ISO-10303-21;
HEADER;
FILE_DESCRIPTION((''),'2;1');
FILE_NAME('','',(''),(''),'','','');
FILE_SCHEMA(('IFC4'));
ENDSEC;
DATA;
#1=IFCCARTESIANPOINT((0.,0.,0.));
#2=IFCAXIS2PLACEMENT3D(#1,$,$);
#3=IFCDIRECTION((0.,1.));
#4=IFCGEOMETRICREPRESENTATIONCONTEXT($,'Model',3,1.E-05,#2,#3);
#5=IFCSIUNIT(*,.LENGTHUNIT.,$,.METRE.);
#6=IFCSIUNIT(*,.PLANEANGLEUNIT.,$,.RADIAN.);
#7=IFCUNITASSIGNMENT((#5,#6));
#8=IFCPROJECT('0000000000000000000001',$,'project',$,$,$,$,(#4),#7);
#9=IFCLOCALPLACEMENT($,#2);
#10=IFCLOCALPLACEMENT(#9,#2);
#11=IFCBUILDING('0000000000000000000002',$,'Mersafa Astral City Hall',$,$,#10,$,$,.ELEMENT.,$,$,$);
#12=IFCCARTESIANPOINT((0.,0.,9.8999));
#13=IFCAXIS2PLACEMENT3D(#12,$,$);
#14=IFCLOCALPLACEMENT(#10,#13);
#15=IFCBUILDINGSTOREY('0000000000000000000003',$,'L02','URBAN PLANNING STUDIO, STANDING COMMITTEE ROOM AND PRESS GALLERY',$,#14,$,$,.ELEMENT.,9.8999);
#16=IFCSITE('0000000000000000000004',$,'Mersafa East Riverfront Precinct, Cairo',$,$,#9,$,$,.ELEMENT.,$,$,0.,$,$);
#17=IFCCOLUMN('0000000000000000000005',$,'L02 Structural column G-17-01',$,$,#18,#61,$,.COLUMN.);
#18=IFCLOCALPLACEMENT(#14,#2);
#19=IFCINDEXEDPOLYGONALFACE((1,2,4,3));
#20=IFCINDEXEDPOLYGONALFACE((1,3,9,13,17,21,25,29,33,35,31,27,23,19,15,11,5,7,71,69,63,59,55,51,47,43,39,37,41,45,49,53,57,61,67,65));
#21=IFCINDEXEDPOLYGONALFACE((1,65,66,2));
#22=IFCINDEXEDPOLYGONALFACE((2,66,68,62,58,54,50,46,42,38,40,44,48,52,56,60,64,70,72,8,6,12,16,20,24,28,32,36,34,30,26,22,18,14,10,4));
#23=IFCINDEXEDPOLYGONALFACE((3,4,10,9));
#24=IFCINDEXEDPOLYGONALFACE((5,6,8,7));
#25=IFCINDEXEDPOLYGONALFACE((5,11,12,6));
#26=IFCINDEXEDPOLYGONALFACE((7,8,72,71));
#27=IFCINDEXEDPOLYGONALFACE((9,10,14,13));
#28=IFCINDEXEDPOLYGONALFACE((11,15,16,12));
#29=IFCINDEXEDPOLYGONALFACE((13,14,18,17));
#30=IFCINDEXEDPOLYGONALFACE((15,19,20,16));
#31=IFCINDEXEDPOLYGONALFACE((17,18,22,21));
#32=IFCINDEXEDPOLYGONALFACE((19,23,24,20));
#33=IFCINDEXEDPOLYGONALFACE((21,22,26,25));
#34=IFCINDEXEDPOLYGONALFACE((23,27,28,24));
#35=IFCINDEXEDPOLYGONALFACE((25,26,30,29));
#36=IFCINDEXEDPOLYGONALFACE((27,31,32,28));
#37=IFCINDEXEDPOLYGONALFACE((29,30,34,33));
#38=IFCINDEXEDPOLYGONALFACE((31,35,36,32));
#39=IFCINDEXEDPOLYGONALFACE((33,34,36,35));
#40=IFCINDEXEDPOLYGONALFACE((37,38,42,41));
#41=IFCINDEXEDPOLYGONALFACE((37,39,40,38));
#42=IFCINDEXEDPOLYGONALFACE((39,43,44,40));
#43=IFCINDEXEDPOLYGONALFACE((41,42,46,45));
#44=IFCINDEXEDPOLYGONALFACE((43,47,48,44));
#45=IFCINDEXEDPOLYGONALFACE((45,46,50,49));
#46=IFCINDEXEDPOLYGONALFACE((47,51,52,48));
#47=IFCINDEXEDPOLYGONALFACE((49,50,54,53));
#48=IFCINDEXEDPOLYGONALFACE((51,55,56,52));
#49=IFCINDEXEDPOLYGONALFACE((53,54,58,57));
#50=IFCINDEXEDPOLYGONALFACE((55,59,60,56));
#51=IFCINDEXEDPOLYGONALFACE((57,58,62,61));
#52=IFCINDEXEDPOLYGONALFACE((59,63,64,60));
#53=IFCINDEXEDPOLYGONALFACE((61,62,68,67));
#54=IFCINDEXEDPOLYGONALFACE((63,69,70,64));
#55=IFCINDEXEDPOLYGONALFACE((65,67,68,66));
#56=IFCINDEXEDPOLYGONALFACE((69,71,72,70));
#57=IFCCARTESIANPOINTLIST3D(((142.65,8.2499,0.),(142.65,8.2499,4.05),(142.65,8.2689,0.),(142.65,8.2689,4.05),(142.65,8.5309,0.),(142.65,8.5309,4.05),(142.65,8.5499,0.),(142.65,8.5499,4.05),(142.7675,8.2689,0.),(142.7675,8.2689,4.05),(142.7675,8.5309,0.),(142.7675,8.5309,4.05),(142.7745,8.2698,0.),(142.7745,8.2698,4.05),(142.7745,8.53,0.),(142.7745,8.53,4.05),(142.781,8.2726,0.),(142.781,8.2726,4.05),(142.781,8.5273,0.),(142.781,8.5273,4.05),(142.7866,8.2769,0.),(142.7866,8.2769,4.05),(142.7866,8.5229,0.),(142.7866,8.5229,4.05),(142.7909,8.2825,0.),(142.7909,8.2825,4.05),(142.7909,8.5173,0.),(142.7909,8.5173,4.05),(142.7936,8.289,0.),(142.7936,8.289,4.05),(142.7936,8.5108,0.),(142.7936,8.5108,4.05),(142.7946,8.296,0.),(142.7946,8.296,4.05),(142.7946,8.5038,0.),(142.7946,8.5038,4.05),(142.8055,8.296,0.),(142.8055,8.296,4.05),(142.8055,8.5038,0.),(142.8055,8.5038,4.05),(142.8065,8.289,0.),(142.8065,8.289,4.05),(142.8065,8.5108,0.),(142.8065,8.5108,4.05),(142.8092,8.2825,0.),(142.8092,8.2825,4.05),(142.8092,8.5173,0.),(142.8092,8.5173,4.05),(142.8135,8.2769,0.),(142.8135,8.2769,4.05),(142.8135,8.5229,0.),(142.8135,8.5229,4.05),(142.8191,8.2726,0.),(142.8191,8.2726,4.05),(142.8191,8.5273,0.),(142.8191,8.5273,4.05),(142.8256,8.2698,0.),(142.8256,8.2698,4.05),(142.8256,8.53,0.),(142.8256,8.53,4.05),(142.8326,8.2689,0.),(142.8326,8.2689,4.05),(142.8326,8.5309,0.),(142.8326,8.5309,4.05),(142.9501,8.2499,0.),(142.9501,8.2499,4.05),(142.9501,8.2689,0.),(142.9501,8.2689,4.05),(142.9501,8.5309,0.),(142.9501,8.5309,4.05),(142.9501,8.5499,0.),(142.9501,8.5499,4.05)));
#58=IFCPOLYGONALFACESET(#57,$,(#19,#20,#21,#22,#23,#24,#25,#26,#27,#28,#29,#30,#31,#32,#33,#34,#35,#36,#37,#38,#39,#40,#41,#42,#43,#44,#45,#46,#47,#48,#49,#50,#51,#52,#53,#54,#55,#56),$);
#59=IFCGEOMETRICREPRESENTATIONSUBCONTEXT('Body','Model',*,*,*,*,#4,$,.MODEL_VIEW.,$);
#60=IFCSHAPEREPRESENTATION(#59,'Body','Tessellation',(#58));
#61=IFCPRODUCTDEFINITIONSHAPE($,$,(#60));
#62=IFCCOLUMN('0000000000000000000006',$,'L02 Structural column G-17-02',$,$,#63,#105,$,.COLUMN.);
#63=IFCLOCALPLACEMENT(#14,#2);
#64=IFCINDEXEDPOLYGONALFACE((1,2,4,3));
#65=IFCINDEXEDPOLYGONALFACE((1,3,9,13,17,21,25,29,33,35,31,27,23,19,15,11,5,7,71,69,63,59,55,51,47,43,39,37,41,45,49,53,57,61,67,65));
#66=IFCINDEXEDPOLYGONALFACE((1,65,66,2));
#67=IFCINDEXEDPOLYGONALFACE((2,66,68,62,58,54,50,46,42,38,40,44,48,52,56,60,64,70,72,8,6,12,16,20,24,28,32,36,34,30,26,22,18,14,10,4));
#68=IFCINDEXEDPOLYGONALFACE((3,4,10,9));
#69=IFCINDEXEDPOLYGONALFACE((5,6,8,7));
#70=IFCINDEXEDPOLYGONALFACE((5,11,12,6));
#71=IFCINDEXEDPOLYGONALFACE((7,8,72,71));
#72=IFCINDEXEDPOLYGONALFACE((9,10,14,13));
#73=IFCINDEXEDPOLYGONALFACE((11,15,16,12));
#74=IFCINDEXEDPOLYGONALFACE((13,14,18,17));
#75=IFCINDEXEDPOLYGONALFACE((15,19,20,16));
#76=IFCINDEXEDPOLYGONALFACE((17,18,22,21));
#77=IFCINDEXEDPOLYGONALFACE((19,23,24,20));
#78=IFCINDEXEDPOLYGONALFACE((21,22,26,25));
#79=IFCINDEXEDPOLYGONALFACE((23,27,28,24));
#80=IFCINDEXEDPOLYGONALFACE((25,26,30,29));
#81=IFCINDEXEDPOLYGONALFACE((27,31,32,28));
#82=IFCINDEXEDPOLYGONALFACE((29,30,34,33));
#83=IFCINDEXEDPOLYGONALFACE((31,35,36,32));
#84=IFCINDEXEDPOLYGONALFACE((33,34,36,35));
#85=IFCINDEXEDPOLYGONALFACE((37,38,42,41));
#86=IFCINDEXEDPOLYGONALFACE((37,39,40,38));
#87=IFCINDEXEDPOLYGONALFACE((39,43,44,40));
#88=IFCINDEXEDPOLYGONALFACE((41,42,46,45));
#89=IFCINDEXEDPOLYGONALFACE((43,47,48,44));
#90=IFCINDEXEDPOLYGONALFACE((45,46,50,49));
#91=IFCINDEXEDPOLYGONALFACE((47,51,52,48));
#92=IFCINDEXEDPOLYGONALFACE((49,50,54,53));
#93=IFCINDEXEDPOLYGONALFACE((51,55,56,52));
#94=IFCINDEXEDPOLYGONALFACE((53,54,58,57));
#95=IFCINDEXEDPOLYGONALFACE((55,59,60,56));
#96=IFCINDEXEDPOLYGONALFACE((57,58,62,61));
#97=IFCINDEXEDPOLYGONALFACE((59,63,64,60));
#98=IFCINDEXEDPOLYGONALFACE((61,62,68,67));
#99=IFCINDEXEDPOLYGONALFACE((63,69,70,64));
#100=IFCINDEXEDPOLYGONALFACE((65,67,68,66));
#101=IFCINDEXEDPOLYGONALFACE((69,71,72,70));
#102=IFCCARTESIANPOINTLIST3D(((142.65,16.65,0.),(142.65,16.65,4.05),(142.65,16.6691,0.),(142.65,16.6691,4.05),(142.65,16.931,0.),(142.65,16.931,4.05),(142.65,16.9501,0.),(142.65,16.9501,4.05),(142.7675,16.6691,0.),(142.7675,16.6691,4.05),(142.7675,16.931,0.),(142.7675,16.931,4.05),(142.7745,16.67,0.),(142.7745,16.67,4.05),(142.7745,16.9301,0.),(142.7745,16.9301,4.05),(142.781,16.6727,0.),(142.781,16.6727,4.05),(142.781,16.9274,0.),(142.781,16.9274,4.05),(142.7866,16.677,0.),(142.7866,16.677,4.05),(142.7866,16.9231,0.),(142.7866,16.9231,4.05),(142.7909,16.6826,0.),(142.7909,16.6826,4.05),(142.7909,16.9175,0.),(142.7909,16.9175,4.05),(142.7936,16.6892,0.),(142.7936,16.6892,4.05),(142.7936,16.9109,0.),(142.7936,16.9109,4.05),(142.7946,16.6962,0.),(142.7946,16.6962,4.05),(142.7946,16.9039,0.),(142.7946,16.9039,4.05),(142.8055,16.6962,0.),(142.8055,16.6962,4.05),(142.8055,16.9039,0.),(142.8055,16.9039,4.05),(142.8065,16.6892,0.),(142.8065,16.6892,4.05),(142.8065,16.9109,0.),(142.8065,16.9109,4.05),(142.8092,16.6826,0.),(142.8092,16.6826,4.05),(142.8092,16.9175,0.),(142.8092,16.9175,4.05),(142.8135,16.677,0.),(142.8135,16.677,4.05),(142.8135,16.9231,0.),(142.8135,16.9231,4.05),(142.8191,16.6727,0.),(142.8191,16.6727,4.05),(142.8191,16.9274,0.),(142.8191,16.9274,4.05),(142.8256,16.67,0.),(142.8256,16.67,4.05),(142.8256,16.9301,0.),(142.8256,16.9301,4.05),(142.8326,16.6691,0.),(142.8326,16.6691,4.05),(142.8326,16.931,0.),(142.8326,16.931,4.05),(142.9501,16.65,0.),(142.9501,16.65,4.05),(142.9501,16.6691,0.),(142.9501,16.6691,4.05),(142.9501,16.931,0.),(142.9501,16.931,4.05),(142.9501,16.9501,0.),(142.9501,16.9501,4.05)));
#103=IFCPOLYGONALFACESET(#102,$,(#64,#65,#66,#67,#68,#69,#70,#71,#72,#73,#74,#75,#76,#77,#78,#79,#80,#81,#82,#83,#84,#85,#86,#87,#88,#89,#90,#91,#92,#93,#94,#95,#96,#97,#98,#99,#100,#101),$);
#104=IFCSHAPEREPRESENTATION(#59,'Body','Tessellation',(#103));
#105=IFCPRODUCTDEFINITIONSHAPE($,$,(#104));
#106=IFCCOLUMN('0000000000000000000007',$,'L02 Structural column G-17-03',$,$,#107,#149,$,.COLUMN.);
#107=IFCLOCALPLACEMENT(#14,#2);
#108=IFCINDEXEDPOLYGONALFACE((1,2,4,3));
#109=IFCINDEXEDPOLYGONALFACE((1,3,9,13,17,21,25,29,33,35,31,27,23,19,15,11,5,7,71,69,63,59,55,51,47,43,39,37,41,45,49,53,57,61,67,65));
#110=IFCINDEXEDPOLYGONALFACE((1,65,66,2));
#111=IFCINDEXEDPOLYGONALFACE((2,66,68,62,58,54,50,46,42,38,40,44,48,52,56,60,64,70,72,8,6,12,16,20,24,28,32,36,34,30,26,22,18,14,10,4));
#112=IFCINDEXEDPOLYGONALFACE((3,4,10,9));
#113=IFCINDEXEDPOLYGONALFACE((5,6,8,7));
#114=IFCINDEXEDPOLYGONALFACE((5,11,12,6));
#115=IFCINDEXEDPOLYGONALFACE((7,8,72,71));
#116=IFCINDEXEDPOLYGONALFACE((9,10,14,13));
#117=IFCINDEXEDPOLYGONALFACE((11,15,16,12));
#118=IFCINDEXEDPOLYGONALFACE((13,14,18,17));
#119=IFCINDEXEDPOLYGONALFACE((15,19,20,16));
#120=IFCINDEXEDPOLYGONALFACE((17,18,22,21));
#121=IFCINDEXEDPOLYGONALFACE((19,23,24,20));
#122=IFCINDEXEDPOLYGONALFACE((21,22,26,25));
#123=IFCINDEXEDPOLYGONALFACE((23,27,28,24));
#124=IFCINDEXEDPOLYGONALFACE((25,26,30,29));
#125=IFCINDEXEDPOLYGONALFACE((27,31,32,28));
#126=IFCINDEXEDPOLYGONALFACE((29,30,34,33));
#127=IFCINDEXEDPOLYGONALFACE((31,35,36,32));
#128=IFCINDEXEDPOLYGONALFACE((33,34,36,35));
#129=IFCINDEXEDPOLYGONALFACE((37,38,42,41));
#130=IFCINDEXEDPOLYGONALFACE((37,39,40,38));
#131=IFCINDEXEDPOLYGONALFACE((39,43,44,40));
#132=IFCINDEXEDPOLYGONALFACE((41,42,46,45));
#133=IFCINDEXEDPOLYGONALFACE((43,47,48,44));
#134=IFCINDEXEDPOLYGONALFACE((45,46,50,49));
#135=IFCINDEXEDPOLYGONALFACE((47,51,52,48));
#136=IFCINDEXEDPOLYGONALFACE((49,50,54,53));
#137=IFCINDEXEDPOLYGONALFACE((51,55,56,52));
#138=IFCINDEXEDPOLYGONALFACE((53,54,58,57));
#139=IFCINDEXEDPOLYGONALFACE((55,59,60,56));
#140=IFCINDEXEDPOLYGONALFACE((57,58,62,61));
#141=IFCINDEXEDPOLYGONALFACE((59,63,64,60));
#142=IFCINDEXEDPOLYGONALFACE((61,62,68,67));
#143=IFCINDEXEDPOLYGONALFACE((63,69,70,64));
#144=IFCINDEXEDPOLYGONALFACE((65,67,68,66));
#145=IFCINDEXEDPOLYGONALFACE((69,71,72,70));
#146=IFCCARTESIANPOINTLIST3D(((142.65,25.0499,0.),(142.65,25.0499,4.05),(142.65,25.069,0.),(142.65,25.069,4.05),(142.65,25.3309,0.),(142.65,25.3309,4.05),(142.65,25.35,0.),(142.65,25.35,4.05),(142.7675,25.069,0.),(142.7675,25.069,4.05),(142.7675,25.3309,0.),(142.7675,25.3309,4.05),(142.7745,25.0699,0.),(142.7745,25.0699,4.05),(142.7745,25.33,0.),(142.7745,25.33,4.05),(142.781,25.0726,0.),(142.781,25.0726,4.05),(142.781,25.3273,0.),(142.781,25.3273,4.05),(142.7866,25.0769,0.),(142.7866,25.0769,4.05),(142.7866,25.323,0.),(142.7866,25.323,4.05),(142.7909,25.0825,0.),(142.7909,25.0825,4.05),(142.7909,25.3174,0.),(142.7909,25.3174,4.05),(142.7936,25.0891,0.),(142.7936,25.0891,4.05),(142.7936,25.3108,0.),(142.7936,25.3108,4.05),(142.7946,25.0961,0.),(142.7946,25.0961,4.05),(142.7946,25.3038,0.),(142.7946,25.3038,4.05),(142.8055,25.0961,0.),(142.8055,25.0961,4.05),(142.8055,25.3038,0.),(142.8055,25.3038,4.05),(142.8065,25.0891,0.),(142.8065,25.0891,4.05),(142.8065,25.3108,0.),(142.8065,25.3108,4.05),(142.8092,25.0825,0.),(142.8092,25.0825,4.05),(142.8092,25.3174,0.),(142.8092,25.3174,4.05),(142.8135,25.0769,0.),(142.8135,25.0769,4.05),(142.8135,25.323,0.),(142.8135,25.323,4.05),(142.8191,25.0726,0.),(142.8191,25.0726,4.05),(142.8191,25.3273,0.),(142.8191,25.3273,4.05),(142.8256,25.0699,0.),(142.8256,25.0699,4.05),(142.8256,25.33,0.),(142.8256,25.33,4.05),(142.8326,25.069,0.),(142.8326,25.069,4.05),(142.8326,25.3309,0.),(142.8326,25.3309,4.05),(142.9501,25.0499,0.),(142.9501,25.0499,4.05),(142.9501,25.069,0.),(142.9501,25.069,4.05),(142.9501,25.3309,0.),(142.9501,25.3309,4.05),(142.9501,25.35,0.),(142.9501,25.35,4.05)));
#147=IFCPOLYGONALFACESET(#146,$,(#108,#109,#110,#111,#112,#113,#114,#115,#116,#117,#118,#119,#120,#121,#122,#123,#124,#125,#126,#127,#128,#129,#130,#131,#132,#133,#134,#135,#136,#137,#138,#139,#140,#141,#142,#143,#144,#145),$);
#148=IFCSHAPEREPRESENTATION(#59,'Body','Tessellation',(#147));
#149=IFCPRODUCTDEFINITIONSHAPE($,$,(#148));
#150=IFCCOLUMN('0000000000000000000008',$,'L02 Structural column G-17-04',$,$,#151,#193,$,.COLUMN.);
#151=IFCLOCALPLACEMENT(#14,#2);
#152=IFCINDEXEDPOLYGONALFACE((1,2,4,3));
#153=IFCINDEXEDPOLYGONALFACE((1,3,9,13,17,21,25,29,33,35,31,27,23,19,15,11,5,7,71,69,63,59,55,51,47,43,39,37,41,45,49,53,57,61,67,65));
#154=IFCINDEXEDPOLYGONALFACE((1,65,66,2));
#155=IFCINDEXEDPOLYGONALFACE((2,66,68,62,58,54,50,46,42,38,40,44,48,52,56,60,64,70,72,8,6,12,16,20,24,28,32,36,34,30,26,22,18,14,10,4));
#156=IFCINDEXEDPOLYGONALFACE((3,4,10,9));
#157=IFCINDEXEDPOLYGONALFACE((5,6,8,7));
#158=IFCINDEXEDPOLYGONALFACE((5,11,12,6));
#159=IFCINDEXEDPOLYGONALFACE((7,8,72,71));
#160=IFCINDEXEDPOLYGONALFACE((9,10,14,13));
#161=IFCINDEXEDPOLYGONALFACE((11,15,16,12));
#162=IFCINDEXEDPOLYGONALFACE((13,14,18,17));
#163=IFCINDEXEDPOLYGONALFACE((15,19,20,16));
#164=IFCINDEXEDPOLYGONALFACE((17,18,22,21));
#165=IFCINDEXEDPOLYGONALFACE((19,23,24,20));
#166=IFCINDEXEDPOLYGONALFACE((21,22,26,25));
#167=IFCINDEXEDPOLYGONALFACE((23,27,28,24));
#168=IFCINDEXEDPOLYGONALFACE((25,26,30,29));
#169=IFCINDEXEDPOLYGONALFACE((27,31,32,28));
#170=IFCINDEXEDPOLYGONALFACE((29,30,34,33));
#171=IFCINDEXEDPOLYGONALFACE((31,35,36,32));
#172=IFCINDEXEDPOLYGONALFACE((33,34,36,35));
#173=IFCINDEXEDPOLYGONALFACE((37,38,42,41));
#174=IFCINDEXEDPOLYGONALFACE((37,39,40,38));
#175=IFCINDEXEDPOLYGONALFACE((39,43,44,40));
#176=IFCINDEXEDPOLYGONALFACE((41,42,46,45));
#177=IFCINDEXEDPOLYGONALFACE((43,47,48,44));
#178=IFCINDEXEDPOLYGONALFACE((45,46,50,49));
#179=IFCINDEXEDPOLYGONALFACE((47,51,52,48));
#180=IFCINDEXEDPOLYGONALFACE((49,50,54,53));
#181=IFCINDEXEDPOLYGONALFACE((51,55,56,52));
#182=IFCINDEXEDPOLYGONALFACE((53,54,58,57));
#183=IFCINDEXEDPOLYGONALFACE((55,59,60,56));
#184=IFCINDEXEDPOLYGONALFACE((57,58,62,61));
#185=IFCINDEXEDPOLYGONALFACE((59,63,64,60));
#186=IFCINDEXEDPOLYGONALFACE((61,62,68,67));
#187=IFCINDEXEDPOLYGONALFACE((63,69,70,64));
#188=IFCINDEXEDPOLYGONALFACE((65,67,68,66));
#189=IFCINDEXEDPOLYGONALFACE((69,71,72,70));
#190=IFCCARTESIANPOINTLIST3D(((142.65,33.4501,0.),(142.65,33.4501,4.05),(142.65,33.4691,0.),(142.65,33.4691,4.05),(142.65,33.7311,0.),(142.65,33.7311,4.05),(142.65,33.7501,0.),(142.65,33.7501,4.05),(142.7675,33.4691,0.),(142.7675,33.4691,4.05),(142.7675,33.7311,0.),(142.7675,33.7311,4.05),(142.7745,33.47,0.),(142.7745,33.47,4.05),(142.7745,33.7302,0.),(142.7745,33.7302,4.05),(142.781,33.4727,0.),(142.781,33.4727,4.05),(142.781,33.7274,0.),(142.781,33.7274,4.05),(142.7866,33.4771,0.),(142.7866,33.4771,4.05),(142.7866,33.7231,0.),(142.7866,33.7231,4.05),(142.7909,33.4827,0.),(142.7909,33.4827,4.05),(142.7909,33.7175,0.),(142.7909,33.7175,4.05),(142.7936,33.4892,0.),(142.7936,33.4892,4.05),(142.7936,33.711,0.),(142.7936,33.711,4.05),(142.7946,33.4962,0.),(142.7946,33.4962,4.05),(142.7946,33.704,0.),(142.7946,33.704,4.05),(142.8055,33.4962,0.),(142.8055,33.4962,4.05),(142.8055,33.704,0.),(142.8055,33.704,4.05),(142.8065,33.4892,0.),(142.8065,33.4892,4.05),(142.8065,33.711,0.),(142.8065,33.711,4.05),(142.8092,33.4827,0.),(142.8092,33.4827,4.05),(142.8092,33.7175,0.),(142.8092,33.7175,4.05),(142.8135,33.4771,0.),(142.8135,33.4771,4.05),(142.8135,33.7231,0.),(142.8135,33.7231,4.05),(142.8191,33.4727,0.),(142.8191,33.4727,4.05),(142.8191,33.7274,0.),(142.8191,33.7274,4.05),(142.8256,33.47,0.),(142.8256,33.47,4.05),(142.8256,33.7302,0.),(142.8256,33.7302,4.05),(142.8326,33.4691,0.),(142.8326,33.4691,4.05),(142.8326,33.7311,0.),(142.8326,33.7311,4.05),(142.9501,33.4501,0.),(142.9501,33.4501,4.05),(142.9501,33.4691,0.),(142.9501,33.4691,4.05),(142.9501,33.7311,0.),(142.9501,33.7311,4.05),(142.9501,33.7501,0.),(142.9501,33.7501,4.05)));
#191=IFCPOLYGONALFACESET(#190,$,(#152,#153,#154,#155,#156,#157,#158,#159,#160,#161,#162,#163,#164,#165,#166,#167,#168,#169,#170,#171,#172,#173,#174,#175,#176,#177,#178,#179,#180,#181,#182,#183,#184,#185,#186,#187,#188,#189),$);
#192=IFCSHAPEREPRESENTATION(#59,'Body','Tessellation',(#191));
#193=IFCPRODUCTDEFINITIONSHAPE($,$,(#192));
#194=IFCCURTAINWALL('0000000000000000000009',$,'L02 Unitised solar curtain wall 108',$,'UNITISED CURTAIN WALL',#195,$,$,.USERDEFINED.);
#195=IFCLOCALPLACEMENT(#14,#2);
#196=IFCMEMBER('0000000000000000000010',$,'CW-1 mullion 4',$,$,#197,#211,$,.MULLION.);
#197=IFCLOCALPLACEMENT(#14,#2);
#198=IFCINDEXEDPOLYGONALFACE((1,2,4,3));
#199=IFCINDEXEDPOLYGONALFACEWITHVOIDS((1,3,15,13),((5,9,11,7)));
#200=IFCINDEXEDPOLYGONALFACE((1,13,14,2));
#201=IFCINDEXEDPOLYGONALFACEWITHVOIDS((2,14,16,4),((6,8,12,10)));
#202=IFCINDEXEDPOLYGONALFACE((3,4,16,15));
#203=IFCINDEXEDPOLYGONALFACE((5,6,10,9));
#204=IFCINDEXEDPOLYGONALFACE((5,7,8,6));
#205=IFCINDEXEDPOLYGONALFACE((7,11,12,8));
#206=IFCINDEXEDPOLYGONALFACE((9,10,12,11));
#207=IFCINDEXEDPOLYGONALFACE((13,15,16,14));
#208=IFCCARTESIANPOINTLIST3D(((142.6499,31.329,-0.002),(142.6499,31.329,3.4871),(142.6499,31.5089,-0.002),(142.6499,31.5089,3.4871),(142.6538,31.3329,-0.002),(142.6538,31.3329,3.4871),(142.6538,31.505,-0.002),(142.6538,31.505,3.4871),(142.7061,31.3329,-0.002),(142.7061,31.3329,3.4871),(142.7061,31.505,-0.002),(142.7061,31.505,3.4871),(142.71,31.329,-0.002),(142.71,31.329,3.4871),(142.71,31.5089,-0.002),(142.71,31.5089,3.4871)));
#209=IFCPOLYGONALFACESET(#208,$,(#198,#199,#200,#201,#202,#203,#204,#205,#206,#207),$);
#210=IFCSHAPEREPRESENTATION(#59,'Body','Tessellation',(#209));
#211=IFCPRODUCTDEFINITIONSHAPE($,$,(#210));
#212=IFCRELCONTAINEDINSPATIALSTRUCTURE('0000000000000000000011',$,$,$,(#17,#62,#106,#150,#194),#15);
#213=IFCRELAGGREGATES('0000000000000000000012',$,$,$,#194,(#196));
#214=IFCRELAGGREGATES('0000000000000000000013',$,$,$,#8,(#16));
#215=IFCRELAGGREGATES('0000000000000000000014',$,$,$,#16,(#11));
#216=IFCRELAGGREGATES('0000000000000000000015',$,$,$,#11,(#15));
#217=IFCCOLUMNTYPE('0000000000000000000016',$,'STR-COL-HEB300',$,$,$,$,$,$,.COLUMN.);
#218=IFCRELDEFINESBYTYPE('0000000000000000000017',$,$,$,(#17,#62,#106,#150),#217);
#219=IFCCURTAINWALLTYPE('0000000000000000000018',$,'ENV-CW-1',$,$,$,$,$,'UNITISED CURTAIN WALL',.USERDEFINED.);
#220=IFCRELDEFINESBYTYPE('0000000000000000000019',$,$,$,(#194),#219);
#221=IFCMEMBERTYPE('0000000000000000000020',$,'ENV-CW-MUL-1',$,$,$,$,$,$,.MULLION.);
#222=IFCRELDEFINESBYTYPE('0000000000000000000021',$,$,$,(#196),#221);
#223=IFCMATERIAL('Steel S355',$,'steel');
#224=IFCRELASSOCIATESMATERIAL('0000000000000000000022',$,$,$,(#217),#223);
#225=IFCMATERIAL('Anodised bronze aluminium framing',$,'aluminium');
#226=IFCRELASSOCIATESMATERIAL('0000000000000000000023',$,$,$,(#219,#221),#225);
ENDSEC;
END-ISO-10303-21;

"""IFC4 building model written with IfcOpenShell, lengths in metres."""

from ifc_helpers import new_model, si_unit, direction, frame, origin, origin_2d, place, context, subcontext, project, spatial, hollow_rectangle, i_section, extrude, material, material_profile, profile_set, type_object, element, aggregate, save


model = new_model("IFC4")

# Units and contexts
model_context = context("Model", 3, precision=1e-05, world=origin(), true_north=direction((0.0, 1.0)))
body_context = subcontext(model_context, "Body", "Model", "MODEL_VIEW")
ifc_project = project(units=[si_unit("LENGTHUNIT", "METRE"), si_unit("PLANEANGLEUNIT", "RADIAN")], contexts=[model_context])

# Site, building, storey
site_placement = place(None, origin())
site = spatial("IfcSite", under=ifc_project, at=site_placement, Name="Mersafa East Riverfront Precinct, Cairo", CompositionType="ELEMENT", RefElevation=0.0)
building_placement = place(site_placement, origin())
building = spatial("IfcBuilding", under=site, at=building_placement, Name="Mersafa Astral City Hall", CompositionType="ELEMENT")
storey_placement = place(building_placement, frame((0.0, 0.0, 9.8999)))
storey = spatial("IfcBuildingStorey", under=building, at=storey_placement, Name="L02", Description="URBAN PLANNING STUDIO, STANDING COMMITTEE ROOM AND PRESS GALLERY", CompositionType="ELEMENT", Elevation=9.8999)

# Columns
ifc_material_1 = material(Name="Steel S355", Category="steel")
ifc_material_profile_1 = material_profile(ifc_material_1, i_section(OverallWidth=0.3, OverallDepth=0.3, WebThickness=0.011, FlangeThickness=0.019, FilletRadius=0.0271, at=origin_2d()), Name="HEB 300")
ifc_profile_set_1 = profile_set([ifc_material_profile_1], Name="Steel S355")
column_type = type_object("IfcColumnType", Name="STR-COL-HEB300", PredefinedType="COLUMN", material=ifc_profile_set_1)
for number, where, z_axis, x_axis, name in (
    (1, (142.8, 8.3999, 0.0), (0.0, 0.0, 1.0), (1.0, 0.0, 0.0), "L02 Structural column G-17-01"),
    (2, (142.8, 16.8, 0.0), (0.0, 0.0, 1.0), (1.0, 0.0, 0.0), "L02 Structural column G-17-02"),
    (3, (142.8, 25.2, 0.0), (0.0, 0.0, 1.0), (1.0, 0.0, 0.0), "L02 Structural column G-17-03"),
    (4, (142.8, 33.6001, 0.0), (0.0, 0.0, 1.0), (1.0, 0.0, 0.0), "L02 Structural column G-17-04"),
):
    element("IfcColumn", number, at=place(storey_placement, frame(where, z_axis=z_axis, x_axis=x_axis)), inside=storey, type_object=column_type, Name=name, PredefinedType="COLUMN", context=body_context, shape_type="SweptSolid", body=[
        extrude(i_section(OverallWidth=0.3, OverallDepth=0.3, WebThickness=0.011, FlangeThickness=0.019, FilletRadius=0.0271, at=origin_2d()), origin(), (0.0, 0.0, 1.0), 4.05),
    ])

# Curtain wall, member
ifc_material_2 = material(Name="Anodised bronze aluminium framing", Category="aluminium")
curtain_wall_type = type_object("IfcCurtainWallType", Name="ENV-CW-1", ElementType="UNITISED CURTAIN WALL", PredefinedType="USERDEFINED", material=ifc_material_2)
curtain_wall_placement = place(storey_placement, origin())
curtain_wall = element("IfcCurtainWall", 5, at=curtain_wall_placement, inside=storey, type_object=curtain_wall_type, Name="L02 Unitised solar curtain wall 108", ObjectType="UNITISED CURTAIN WALL", PredefinedType="USERDEFINED")
ifc_material_profile_2 = material_profile(ifc_material_2, hollow_rectangle(XDim=0.0601, YDim=0.1799, WallThickness=0.0039, at=origin_2d()), Name="RHS 60x180x4")
ifc_profile_set_2 = profile_set([ifc_material_profile_2], Name="Anodised bronze aluminium framing")
member_type_1 = type_object("IfcMemberType", Name="ENV-CW-MUL-1", PredefinedType="MULLION", material=ifc_profile_set_2)
member_1_placement = place(storey_placement, frame((142.6799, 31.4189, -0.002), z_axis=(0.0, 0.0, 1.0), x_axis=(-1.0, 0.0, 0.0)))
member_1 = element("IfcMember", 6, at=member_1_placement, type_object=member_type_1, Name="CW-1 mullion 4", PredefinedType="MULLION", context=body_context, shape_type="SweptSolid", body=[
    extrude(hollow_rectangle(XDim=0.0601, YDim=0.1799, WallThickness=0.0039, at=origin_2d()), origin(), (0.0, 0.0, 1.0), 3.489),
])

aggregate(curtain_wall, [member_1])

save(model, "model.ifc")
